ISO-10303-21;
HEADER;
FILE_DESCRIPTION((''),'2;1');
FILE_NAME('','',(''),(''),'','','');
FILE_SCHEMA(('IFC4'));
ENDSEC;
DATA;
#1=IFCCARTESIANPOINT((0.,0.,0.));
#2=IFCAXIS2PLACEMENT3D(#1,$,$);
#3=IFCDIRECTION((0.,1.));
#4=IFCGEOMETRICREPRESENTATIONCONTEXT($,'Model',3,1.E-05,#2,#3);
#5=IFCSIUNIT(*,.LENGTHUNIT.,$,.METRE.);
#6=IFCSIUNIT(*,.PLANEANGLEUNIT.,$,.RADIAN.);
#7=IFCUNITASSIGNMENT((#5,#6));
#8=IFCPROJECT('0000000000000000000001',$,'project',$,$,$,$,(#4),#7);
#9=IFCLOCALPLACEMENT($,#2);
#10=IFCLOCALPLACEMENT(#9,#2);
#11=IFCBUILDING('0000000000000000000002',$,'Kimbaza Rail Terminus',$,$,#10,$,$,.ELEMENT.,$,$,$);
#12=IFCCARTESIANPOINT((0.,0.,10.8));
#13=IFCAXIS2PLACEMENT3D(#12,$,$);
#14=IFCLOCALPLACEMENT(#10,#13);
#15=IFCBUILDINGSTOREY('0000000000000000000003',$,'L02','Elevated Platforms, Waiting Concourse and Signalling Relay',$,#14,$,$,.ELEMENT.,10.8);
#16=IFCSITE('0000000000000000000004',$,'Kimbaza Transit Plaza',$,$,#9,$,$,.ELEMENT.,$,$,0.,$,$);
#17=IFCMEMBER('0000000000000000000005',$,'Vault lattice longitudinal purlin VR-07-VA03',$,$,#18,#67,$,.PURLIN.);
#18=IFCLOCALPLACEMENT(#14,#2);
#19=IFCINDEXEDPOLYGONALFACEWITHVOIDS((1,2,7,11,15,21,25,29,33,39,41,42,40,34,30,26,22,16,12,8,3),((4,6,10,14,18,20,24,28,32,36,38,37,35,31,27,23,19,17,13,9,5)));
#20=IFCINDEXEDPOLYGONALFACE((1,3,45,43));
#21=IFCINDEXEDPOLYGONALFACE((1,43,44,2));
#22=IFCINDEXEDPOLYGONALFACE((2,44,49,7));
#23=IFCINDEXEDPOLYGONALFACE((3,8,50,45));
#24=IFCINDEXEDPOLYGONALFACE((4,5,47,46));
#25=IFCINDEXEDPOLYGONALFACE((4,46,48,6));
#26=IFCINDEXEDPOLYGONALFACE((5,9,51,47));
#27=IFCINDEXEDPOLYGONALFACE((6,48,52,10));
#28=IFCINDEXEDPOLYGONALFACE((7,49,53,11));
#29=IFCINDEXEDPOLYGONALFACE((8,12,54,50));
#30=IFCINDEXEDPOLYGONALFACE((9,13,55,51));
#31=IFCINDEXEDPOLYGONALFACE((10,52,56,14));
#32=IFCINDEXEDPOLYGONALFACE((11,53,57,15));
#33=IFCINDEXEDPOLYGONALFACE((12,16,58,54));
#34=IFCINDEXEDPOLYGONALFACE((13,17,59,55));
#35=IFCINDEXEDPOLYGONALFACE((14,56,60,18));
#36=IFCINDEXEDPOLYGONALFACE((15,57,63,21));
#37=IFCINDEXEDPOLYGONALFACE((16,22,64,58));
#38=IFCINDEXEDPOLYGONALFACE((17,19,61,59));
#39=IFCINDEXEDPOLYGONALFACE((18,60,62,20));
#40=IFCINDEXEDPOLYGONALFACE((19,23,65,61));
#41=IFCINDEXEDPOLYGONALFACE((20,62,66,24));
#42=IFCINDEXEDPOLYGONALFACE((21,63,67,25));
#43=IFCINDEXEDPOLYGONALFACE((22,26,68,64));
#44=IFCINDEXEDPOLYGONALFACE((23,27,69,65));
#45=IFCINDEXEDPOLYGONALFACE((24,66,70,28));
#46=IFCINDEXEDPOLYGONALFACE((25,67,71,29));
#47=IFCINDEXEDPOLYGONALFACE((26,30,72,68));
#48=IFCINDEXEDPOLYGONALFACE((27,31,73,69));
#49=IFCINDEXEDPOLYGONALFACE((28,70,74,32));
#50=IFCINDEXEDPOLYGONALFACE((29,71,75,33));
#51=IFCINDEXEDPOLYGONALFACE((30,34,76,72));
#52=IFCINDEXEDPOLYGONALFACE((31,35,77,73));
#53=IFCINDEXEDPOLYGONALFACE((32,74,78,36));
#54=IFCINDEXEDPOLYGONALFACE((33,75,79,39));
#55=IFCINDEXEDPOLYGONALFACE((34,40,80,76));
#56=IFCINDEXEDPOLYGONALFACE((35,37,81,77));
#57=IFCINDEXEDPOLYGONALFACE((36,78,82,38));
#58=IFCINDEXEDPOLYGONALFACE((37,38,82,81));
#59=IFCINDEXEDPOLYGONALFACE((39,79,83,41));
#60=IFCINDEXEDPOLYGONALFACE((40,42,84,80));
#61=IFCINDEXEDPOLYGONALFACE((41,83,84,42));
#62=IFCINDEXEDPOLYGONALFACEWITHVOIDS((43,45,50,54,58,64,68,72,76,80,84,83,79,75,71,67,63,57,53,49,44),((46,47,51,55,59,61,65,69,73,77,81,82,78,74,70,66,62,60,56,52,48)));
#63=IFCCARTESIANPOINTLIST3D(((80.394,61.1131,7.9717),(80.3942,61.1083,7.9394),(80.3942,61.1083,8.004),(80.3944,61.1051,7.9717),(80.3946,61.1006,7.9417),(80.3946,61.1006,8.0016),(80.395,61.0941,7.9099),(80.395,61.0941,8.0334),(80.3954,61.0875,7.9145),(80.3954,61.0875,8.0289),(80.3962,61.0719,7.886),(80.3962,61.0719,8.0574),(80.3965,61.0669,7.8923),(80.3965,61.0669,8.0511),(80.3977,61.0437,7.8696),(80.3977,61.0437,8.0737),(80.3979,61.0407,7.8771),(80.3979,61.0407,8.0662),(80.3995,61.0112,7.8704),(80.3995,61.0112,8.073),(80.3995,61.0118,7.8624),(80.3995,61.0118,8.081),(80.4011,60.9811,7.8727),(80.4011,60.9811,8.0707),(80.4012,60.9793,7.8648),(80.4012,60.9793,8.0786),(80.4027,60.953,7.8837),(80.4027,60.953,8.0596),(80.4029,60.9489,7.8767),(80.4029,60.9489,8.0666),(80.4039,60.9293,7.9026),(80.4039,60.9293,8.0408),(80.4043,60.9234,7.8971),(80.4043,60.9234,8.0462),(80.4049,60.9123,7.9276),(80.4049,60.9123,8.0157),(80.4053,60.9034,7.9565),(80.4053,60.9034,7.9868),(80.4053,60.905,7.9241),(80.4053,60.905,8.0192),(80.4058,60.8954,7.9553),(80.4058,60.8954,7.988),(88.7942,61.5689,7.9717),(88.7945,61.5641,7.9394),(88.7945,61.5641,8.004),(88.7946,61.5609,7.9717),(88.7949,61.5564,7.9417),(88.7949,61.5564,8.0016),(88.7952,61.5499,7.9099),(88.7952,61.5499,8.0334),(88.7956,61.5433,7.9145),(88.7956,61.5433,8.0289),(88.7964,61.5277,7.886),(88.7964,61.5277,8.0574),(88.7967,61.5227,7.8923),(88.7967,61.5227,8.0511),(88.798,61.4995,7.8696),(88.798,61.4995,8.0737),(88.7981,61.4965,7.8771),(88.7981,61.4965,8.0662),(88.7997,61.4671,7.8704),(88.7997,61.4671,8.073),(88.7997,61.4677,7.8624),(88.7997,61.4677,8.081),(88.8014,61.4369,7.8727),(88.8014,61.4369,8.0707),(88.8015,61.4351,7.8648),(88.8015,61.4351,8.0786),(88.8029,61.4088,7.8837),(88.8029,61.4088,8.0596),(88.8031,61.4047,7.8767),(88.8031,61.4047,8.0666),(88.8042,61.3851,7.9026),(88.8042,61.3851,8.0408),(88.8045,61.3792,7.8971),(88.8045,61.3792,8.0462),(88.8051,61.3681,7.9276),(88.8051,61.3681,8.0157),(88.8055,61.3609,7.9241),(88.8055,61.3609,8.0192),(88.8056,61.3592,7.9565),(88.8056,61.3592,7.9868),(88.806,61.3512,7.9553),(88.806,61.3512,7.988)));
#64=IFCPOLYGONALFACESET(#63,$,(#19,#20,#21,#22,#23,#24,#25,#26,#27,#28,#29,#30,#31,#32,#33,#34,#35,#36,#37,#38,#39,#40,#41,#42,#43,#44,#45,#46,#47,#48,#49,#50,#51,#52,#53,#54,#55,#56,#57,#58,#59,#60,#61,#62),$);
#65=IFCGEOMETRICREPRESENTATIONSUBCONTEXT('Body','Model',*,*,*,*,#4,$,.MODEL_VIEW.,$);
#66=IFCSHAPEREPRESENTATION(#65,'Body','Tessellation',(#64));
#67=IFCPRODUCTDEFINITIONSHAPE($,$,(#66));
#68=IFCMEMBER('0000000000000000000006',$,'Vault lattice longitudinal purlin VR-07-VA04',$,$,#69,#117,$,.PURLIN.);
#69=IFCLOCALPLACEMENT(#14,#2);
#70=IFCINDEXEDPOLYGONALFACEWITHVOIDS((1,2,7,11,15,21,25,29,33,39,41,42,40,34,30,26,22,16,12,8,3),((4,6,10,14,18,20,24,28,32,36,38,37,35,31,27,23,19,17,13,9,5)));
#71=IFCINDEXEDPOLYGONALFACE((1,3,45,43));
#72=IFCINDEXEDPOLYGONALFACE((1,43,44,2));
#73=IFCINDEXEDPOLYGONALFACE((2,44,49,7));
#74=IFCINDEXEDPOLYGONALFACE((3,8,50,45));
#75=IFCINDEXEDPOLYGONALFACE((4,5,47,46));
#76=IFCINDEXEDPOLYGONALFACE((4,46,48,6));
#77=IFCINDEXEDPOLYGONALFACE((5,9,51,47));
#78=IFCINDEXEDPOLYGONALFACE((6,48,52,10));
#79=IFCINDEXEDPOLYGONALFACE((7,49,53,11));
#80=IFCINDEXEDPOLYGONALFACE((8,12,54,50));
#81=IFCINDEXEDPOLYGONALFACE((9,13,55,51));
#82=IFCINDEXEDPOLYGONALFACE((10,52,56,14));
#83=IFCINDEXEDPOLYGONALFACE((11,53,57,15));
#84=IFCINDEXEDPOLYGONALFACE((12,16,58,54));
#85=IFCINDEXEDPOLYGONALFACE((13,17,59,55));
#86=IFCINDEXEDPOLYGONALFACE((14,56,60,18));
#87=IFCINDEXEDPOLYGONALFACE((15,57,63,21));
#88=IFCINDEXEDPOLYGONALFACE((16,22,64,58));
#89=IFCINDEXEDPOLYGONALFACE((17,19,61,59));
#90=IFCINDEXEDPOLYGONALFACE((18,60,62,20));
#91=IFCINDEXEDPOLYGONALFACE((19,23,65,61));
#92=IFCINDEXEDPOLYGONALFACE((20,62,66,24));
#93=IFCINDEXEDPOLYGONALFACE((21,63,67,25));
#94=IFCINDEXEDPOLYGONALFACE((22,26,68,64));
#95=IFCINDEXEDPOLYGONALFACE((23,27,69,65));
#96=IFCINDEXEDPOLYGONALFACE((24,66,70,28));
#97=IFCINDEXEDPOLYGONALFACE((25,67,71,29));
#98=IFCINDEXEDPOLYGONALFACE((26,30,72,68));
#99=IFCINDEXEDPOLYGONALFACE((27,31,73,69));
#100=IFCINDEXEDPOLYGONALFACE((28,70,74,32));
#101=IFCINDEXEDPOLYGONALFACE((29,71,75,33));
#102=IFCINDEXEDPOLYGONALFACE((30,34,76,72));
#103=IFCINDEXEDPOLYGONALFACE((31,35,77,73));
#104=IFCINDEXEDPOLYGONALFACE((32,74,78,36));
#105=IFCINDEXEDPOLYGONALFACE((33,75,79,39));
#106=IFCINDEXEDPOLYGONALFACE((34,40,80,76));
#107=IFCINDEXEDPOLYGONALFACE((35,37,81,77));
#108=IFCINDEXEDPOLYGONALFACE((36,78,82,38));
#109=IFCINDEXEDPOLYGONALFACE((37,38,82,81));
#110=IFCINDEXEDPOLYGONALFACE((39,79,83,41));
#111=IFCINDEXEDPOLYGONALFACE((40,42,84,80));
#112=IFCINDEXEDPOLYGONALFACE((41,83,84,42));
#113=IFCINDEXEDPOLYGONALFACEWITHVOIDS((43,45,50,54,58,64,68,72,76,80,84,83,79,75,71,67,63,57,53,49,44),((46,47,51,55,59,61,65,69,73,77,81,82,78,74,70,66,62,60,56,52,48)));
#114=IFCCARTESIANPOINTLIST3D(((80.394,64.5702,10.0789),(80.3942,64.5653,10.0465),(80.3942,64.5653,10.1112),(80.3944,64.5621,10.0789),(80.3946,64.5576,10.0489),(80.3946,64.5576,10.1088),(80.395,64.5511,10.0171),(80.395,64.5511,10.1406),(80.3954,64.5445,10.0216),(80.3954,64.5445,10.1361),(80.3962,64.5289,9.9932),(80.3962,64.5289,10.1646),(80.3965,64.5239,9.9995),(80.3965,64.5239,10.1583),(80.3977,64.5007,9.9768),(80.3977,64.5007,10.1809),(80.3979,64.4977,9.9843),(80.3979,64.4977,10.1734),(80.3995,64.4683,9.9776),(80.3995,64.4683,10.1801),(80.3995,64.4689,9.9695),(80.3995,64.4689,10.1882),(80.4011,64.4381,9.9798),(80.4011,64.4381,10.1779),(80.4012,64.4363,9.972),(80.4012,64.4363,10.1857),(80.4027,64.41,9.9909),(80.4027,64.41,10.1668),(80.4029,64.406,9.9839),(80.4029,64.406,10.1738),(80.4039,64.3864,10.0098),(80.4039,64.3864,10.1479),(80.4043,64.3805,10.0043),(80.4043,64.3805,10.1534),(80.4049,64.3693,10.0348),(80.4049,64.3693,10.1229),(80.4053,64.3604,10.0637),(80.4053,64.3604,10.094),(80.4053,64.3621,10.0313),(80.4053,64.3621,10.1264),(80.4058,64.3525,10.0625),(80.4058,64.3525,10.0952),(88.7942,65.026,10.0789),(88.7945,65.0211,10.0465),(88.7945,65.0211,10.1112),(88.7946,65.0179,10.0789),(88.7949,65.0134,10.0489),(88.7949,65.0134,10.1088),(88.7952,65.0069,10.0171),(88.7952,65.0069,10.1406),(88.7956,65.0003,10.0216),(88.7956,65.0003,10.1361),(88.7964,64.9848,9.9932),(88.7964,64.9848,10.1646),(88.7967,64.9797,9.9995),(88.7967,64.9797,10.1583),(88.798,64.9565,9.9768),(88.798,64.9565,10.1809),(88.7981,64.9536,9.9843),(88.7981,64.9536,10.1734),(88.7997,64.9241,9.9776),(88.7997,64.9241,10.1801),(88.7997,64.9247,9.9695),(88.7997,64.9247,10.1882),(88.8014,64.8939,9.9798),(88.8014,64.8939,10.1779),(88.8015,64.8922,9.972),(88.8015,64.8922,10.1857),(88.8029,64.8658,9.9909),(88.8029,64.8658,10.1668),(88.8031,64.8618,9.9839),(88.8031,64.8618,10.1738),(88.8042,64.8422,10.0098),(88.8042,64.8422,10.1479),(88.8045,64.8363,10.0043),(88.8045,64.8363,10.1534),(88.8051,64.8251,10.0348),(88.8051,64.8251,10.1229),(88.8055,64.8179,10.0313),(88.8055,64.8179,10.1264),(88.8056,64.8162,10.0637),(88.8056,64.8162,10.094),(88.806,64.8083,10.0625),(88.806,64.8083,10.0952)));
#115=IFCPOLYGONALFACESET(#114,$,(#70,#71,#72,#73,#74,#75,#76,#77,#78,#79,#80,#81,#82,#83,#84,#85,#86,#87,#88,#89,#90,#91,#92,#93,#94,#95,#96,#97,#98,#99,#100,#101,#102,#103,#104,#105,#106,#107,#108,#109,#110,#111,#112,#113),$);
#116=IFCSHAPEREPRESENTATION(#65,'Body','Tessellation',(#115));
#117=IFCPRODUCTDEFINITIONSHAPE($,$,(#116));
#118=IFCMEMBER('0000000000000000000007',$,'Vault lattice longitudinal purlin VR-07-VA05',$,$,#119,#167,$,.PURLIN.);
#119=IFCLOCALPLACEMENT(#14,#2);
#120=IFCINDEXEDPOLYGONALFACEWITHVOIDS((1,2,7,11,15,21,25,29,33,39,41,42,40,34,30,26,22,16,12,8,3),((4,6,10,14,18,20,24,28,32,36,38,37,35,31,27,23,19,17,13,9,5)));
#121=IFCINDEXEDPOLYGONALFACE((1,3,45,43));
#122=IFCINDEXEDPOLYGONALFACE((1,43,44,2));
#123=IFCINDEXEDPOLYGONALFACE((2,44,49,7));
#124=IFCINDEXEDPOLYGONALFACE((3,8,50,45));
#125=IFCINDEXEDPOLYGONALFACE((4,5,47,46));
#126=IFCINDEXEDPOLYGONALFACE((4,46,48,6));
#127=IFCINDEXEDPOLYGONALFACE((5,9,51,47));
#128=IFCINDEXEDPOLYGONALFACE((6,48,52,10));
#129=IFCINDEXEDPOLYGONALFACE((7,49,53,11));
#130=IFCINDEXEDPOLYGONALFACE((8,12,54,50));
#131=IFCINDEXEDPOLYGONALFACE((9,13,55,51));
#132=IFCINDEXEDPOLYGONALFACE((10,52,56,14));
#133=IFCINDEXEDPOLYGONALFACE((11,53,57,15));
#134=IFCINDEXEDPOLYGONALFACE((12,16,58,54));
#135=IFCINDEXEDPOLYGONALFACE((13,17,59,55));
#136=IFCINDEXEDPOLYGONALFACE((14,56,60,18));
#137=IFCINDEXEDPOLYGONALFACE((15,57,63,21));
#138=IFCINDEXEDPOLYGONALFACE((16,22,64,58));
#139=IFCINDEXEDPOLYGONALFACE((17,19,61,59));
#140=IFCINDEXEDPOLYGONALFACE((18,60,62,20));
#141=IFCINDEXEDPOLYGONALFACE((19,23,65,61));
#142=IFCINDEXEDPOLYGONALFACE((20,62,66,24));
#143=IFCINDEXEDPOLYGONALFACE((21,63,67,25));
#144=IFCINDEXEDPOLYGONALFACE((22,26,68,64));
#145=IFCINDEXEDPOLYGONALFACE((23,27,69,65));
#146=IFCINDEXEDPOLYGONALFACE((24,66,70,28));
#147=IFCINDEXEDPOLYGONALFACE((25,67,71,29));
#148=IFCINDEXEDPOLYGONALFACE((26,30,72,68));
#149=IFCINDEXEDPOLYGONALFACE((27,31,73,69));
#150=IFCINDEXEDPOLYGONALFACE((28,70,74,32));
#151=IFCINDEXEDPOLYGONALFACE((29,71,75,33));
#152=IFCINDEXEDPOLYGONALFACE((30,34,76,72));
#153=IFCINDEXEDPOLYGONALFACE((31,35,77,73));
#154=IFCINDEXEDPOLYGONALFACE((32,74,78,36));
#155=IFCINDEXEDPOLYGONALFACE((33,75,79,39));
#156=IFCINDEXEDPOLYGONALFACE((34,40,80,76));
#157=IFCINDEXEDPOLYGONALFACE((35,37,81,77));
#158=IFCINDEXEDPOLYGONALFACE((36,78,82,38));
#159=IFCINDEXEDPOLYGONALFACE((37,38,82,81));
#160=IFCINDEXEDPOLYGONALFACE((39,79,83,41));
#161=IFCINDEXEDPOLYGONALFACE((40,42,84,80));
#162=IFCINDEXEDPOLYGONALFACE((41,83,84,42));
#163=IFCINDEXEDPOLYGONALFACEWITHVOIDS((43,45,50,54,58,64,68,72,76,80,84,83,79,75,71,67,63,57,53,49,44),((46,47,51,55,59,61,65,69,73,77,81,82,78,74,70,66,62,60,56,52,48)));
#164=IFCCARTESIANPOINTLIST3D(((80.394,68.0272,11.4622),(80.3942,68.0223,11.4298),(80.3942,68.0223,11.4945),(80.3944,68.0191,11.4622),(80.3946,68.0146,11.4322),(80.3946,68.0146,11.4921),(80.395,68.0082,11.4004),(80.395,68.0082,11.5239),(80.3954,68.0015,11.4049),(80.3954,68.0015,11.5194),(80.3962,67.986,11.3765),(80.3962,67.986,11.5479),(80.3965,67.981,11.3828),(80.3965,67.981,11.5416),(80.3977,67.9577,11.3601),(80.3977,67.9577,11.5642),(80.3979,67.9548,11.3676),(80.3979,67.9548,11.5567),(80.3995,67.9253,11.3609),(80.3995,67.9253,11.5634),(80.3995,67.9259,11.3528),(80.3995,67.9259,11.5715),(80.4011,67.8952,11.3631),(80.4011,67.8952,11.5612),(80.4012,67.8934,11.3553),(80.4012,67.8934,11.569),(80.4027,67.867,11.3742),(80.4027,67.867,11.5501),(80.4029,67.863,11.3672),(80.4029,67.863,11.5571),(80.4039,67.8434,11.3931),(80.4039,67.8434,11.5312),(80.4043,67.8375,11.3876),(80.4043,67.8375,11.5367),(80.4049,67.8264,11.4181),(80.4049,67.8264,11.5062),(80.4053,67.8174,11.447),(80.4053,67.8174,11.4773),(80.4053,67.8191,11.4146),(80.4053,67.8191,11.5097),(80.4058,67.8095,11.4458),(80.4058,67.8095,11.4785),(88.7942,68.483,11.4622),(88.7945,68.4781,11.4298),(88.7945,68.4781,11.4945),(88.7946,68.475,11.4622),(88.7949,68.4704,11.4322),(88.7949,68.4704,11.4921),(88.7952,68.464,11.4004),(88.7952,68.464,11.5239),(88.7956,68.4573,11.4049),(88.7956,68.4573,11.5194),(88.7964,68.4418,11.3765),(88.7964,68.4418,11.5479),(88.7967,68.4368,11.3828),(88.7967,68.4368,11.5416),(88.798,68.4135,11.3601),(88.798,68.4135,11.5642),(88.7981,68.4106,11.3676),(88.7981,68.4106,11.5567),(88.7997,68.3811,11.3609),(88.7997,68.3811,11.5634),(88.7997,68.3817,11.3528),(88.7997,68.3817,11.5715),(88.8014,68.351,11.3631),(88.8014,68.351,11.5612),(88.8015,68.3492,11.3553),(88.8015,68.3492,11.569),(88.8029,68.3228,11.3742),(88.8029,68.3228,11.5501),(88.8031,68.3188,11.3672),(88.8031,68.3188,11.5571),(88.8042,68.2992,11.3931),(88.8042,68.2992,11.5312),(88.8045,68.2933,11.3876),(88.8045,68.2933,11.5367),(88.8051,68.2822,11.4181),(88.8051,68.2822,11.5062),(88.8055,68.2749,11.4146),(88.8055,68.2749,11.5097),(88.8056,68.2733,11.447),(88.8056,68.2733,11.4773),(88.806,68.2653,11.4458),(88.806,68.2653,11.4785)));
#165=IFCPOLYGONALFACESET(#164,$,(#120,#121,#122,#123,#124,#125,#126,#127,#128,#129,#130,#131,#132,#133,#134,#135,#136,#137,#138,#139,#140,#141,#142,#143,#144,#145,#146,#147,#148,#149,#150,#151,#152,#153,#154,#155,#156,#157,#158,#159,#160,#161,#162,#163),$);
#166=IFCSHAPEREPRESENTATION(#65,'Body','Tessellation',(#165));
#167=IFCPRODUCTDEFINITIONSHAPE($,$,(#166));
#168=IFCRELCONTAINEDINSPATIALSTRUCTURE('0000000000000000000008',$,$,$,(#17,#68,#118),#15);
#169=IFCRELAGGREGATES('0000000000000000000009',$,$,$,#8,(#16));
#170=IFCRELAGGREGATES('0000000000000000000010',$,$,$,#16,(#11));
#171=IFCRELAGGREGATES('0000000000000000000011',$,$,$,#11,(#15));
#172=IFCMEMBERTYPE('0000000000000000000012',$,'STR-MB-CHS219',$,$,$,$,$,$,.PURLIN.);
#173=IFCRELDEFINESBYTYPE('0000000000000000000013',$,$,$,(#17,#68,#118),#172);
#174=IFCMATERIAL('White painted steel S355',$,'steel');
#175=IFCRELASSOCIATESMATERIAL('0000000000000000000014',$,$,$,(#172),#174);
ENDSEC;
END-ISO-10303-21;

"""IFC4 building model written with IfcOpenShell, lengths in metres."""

from ifc_helpers import new_model, si_unit, direction, frame, origin, origin_2d, place, context, subcontext, project, spatial, hollow_circle, extrude, material, material_profile, profile_set, type_object, element, save


model = new_model("IFC4")

# Units and contexts
model_context = context("Model", 3, precision=1e-05, world=origin(), true_north=direction((0.0, 1.0)))
body_context = subcontext(model_context, "Body", "Model", "MODEL_VIEW")
ifc_project = project(units=[si_unit("LENGTHUNIT", "METRE"), si_unit("PLANEANGLEUNIT", "RADIAN")], contexts=[model_context])

# Site, building, storey
site_placement = place(None, origin())
site = spatial("IfcSite", under=ifc_project, at=site_placement, Name="Kimbaza Transit Plaza", CompositionType="ELEMENT", RefElevation=0.0)
building_placement = place(site_placement, origin())
building = spatial("IfcBuilding", under=site, at=building_placement, Name="Kimbaza Rail Terminus", CompositionType="ELEMENT")
storey_placement = place(building_placement, frame((0.0, 0.0, 10.8)))
storey = spatial("IfcBuildingStorey", under=building, at=storey_placement, Name="L02", Description="Elevated Platforms, Waiting Concourse and Signalling Relay", CompositionType="ELEMENT", Elevation=10.8)

# Members
ifc_material_1 = material(Name="White painted steel S355", Category="steel")
ifc_material_profile_1 = material_profile(ifc_material_1, hollow_circle(Radius=0.1096, WallThickness=0.0081, at=origin_2d()), Name="CHS 219.1x8")
ifc_profile_set_1 = profile_set([ifc_material_profile_1], Name="White painted steel S355")
member_type_1 = type_object("IfcMemberType", Name="STR-MB-CHS219", PredefinedType="PURLIN", material=ifc_profile_set_1)
for number, where, z_axis, x_axis, name in (
    (1, (80.3999, 61.0037, 7.9717), (0.998531, 0.054183, 0.0), (-0.054183, 0.998531, 0.0), "Vault lattice longitudinal purlin VR-07-VA03"),
    (2, (80.3999, 64.4607, 10.0789), (0.998531, 0.054183, 0.0), (-0.054183, 0.998531, 0.0), "Vault lattice longitudinal purlin VR-07-VA04"),
    (3, (80.3999, 67.9177, 11.4622), (0.998531, 0.054183, 0.0), (-0.054183, 0.998531, 0.0), "Vault lattice longitudinal purlin VR-07-VA05"),
):
    element("IfcMember", number, at=place(storey_placement, frame(where, z_axis=z_axis, x_axis=x_axis)), inside=storey, type_object=member_type_1, Name=name, PredefinedType="PURLIN", context=body_context, shape_type="SweptSolid", body=[
        extrude(hollow_circle(Radius=0.1096, WallThickness=0.0081, at=origin_2d()), origin(), (0.0, 0.0, 1.0), 8.4126),
    ])

save(model, "model.ifc")
